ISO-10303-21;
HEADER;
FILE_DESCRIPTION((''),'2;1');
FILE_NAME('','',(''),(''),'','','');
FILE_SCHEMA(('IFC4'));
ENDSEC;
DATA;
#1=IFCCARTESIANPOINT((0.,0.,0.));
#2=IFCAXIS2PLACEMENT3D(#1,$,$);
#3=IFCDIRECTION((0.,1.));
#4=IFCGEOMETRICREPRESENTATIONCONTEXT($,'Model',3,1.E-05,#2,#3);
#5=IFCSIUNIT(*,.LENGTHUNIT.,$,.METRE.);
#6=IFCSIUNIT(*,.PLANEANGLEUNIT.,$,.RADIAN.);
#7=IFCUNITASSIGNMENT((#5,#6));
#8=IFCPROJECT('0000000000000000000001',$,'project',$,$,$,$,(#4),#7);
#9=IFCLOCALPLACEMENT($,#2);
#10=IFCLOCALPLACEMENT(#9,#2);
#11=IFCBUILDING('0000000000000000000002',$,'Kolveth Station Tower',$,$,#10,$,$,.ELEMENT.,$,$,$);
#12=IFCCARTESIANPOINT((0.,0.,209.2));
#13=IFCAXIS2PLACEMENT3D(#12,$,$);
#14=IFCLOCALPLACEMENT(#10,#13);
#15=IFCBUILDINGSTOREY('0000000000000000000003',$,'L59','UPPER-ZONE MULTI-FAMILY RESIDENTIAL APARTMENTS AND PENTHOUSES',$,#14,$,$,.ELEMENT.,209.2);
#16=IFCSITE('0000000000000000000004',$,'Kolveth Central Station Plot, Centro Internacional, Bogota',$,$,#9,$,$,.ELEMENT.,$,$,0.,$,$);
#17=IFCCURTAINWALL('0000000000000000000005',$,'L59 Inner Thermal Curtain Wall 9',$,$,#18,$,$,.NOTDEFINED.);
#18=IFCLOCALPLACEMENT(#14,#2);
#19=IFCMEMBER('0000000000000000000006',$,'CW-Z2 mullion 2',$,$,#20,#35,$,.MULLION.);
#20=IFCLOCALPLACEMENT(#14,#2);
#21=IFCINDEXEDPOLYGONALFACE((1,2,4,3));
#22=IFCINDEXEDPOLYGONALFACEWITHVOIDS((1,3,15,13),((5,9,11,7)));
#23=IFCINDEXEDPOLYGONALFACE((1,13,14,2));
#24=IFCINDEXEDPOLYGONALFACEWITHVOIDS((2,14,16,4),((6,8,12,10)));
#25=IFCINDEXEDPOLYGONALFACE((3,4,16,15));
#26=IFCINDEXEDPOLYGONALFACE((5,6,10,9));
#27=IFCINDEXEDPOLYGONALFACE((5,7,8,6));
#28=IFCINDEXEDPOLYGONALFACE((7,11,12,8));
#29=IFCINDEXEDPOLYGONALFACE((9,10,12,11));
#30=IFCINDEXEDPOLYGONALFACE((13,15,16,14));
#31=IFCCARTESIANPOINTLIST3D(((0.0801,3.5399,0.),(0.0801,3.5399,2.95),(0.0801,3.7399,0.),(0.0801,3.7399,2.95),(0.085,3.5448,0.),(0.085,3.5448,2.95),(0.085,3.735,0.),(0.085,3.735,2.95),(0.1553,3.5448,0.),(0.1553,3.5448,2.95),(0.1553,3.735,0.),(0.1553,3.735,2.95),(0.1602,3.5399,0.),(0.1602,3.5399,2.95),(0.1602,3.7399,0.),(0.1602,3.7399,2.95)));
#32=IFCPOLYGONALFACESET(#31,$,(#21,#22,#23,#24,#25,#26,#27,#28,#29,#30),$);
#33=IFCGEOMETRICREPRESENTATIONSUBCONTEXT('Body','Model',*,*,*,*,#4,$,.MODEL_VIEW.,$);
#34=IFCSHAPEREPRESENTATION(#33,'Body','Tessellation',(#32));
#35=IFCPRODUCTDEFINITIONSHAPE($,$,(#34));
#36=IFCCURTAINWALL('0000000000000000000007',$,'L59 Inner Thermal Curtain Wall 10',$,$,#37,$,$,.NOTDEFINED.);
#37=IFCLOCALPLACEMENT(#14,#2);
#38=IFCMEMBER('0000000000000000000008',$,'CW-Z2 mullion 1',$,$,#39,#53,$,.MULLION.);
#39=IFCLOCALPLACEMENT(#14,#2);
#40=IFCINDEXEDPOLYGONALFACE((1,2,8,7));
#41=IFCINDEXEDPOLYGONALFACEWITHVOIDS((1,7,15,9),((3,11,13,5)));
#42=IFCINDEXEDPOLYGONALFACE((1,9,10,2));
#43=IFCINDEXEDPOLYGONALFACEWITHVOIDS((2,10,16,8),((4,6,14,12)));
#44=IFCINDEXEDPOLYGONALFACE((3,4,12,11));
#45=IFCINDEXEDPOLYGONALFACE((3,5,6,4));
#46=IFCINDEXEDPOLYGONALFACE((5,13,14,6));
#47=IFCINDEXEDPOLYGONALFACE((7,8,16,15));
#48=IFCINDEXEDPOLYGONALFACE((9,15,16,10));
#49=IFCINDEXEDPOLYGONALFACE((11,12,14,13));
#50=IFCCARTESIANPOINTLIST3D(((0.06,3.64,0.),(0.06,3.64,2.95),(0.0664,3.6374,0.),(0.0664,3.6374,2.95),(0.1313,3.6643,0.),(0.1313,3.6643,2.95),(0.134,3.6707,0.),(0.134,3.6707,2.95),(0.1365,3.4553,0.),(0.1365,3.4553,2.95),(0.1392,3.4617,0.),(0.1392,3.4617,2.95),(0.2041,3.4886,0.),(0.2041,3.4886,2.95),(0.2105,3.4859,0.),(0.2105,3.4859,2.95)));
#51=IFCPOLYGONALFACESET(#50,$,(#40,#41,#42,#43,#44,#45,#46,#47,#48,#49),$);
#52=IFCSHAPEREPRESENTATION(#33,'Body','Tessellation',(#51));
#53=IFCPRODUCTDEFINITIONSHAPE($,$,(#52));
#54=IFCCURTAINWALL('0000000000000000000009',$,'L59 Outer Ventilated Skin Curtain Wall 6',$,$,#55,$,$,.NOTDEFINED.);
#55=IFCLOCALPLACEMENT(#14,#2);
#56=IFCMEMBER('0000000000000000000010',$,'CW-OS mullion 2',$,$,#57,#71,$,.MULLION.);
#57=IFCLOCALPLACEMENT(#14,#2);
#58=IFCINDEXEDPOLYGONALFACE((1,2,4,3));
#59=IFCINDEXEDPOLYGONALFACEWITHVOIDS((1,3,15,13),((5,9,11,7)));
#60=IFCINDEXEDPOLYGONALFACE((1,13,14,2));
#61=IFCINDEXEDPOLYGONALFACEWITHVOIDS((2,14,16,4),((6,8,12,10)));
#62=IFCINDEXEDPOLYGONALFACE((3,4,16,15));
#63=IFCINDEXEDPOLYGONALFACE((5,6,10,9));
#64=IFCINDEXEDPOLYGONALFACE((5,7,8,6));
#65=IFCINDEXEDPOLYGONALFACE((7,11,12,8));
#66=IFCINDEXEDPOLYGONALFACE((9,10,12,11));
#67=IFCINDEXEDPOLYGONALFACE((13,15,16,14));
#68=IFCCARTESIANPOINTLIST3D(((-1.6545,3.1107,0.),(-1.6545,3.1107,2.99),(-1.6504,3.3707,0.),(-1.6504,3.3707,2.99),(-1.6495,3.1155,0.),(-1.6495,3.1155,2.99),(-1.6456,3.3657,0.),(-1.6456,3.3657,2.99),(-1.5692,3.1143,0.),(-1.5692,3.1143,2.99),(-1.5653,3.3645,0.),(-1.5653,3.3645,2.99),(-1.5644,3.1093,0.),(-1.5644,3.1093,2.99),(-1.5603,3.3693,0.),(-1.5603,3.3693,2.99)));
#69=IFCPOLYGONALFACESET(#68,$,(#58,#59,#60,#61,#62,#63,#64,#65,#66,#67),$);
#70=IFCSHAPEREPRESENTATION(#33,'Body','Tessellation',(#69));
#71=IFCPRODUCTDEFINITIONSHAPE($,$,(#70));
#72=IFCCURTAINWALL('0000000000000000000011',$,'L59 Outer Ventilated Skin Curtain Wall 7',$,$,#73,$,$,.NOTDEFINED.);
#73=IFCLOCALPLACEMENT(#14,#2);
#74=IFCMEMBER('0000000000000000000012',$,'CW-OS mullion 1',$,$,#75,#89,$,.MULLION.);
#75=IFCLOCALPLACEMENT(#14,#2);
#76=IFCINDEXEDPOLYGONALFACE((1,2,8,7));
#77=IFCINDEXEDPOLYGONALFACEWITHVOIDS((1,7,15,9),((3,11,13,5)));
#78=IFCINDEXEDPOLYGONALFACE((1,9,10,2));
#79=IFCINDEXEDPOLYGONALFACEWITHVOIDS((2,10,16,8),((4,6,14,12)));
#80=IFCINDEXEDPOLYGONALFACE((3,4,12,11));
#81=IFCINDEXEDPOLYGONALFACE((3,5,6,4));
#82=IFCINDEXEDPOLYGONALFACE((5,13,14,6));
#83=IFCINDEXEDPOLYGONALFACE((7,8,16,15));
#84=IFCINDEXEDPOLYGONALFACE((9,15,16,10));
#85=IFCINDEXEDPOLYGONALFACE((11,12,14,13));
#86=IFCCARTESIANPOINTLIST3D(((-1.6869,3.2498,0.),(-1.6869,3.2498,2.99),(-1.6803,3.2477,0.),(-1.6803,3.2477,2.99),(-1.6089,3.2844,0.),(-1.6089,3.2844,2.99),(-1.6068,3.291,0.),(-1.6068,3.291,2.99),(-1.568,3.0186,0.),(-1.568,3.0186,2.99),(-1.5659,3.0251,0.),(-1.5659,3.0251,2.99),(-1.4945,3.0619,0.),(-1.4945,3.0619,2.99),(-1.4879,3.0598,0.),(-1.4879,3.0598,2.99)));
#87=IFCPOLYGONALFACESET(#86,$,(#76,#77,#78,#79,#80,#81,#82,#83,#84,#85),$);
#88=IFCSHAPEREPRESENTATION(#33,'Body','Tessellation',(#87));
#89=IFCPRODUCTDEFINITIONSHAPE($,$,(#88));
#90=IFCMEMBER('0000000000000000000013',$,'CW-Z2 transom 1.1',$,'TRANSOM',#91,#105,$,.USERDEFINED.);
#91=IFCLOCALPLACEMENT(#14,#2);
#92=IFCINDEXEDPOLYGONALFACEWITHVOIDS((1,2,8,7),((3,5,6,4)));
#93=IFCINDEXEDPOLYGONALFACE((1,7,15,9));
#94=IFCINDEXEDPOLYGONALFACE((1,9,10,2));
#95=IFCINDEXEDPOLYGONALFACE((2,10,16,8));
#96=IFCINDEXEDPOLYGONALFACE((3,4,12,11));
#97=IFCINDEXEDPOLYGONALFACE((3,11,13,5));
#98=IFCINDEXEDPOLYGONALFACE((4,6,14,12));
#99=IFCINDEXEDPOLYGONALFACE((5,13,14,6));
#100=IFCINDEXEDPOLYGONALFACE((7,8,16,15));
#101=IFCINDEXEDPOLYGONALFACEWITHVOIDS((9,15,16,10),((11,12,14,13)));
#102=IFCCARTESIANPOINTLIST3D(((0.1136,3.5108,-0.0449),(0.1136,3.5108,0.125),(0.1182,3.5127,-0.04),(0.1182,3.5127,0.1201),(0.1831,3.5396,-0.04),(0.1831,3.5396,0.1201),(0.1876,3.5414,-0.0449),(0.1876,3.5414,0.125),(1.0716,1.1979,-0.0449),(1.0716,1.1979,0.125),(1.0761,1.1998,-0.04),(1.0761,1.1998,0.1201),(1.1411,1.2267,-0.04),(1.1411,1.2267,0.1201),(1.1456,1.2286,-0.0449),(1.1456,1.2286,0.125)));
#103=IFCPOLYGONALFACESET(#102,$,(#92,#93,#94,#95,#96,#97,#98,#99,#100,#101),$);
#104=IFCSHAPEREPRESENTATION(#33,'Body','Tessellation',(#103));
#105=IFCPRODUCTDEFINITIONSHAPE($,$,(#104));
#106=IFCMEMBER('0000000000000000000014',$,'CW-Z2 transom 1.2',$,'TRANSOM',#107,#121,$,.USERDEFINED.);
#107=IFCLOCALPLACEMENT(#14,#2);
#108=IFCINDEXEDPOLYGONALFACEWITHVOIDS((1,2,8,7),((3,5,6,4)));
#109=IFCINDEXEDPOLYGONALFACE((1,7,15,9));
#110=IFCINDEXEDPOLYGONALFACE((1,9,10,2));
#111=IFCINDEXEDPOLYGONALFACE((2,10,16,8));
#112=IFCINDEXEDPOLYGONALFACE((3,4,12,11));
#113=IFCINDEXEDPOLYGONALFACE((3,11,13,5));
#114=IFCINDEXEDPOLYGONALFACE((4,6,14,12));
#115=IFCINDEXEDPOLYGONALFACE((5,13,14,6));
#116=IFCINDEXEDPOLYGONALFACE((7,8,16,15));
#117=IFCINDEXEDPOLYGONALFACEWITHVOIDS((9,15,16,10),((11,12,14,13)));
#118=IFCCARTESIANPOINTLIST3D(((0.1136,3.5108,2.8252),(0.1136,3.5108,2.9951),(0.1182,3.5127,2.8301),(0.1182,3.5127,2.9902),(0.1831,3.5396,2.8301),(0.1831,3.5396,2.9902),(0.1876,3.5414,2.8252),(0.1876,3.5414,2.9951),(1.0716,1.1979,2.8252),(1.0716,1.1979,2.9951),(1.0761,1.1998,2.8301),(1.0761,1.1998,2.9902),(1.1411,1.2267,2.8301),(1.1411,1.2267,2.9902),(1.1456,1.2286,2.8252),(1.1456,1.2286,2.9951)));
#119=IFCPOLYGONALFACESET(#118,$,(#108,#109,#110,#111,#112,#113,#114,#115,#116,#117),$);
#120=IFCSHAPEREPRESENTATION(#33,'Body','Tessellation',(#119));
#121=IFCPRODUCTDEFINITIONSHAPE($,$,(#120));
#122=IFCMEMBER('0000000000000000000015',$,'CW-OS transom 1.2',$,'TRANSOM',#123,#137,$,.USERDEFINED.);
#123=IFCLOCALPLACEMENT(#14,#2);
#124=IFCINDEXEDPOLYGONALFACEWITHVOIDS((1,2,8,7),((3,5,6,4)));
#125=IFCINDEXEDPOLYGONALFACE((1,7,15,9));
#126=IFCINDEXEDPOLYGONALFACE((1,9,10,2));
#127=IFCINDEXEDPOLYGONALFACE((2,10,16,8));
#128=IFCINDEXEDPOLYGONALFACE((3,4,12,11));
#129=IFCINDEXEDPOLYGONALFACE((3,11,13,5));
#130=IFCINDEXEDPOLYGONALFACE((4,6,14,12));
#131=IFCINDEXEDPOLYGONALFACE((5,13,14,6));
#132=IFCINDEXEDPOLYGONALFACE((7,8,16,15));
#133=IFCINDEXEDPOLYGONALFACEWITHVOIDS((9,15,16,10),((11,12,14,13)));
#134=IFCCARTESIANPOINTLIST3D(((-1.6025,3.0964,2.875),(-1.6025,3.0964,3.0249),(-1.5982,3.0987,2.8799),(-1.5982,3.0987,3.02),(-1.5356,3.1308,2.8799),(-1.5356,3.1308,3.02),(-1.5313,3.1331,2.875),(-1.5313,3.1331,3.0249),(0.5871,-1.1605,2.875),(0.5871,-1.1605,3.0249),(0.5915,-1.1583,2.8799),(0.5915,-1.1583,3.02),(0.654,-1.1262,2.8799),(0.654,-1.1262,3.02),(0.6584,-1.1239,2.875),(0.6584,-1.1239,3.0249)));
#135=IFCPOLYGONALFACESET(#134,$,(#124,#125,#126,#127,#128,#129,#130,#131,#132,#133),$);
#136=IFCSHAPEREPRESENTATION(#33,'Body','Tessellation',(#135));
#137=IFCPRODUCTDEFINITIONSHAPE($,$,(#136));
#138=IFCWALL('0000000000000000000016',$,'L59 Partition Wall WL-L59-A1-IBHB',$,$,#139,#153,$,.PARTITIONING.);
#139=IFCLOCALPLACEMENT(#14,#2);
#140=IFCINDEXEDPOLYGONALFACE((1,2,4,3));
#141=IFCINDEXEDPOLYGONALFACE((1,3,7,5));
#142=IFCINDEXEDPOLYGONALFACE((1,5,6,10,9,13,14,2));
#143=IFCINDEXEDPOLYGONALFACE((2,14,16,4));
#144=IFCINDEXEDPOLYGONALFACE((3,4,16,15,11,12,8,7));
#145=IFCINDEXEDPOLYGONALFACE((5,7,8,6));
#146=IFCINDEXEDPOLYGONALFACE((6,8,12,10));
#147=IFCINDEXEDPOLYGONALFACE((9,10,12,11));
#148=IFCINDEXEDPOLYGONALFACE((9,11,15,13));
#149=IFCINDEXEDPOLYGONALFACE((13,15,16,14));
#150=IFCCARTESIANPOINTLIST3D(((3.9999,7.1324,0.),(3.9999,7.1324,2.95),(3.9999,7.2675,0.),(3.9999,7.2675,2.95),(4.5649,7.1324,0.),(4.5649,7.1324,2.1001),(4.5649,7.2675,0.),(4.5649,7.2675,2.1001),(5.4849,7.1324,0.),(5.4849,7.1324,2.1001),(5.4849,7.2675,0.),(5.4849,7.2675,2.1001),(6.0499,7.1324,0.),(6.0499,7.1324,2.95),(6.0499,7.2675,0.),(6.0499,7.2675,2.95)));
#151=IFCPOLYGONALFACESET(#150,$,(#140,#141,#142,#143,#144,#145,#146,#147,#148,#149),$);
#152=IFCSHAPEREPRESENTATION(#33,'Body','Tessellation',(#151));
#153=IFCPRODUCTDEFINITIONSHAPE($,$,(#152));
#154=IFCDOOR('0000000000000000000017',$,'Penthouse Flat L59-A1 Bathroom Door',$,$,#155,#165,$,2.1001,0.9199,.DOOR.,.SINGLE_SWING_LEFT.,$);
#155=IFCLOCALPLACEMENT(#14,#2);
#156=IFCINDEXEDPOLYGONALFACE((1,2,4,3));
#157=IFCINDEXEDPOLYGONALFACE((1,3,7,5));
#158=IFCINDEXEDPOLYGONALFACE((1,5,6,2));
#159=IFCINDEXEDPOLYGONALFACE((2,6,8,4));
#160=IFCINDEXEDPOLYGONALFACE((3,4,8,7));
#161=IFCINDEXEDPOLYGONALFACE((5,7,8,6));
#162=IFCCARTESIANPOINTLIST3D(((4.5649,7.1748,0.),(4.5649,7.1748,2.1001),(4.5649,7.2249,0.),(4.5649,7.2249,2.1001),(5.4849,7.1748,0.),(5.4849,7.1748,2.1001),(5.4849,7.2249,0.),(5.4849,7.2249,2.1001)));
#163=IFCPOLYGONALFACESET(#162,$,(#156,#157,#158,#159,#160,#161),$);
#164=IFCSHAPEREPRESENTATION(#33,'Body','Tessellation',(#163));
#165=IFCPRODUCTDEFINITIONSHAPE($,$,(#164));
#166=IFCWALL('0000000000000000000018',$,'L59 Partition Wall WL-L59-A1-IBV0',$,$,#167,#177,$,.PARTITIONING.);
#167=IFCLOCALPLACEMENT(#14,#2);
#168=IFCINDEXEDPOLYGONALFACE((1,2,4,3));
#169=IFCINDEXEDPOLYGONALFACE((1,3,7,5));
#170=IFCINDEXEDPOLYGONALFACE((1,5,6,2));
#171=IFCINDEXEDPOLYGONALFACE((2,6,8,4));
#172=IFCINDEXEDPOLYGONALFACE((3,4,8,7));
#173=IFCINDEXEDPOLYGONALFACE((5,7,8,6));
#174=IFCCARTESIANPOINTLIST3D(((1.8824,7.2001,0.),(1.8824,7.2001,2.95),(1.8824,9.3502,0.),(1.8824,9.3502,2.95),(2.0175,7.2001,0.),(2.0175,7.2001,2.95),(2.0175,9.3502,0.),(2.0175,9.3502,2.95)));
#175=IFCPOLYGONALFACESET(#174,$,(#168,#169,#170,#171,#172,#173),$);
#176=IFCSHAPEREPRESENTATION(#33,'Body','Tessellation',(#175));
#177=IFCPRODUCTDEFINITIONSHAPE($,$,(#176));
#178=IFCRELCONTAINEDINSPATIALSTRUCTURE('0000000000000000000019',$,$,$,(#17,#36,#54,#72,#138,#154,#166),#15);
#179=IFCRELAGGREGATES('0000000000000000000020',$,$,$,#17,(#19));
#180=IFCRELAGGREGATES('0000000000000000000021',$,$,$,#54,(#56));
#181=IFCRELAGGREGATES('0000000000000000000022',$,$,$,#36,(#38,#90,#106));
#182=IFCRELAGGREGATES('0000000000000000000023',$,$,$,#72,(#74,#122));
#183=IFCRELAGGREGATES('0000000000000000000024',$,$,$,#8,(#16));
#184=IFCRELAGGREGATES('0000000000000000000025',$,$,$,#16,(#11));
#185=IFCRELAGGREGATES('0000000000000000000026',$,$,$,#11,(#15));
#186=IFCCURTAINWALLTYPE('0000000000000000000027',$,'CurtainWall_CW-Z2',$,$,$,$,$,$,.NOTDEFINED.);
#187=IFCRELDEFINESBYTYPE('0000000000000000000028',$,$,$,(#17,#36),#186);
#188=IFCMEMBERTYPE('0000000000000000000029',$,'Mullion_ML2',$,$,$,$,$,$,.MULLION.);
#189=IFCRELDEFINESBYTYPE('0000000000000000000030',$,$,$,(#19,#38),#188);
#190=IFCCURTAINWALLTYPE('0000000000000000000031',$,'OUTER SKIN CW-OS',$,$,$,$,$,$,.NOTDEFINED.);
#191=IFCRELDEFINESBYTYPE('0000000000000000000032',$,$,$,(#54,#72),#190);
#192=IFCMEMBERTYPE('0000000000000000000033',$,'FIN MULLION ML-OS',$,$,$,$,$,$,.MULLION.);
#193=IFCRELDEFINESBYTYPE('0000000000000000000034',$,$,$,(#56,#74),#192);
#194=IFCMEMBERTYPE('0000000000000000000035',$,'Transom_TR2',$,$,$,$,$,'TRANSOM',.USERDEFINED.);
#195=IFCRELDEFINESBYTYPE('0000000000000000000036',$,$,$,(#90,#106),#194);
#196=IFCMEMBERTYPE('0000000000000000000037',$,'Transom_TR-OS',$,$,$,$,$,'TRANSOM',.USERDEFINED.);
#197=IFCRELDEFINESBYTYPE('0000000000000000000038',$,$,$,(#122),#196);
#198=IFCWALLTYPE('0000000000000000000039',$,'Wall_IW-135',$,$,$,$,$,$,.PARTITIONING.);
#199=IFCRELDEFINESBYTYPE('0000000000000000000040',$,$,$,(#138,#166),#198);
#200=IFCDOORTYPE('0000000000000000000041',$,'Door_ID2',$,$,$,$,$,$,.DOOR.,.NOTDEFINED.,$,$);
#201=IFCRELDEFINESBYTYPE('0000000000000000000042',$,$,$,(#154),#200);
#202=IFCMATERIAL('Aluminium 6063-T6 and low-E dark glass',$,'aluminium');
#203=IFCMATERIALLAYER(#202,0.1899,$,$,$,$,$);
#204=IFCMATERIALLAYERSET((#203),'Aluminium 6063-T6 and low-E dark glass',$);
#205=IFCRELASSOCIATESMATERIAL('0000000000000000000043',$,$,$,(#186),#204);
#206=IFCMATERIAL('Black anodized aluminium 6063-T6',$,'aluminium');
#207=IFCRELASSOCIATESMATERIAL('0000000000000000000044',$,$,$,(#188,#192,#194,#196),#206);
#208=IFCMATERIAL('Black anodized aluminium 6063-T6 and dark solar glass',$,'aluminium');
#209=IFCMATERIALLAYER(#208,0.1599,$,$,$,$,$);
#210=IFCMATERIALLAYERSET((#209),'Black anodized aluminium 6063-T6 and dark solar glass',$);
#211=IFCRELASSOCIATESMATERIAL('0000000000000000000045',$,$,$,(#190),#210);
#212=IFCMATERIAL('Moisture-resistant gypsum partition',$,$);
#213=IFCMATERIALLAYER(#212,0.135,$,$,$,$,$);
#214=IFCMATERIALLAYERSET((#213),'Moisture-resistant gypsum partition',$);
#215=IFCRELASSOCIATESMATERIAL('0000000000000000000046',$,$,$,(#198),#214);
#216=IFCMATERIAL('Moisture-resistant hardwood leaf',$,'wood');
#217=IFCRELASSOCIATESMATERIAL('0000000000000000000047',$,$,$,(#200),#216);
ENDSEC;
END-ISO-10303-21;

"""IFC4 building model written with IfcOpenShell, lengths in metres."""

from ifc_helpers import new_model, si_unit, direction, frame, frame_2d, origin, origin_2d, place, context, subcontext, project, spatial, rectangle, hollow_rectangle, extrude, source, transform, mapped, material, layer, layer_set, material_profile, profile_set, type_object, element, fill, aggregate, save


model = new_model("IFC4")

# Units and contexts
model_context = context("Model", 3, precision=1e-05, world=origin(), true_north=direction((0.0, 1.0)))
body_context = subcontext(model_context, "Body", "Model", "MODEL_VIEW")
ifc_project = project(units=[si_unit("LENGTHUNIT", "METRE"), si_unit("PLANEANGLEUNIT", "RADIAN")], contexts=[model_context])

# Site, building, storey
site_placement = place(None, origin())
site = spatial("IfcSite", under=ifc_project, at=site_placement, Name="Kolveth Central Station Plot, Centro Internacional, Bogota", CompositionType="ELEMENT", RefElevation=0.0)
building_placement = place(site_placement, origin())
building = spatial("IfcBuilding", under=site, at=building_placement, Name="Kolveth Station Tower", CompositionType="ELEMENT")
storey_placement = place(building_placement, frame((0.0, 0.0, 209.2)))
storey = spatial("IfcBuildingStorey", under=building, at=storey_placement, Name="L59", Description="UPPER-ZONE MULTI-FAMILY RESIDENTIAL APARTMENTS AND PENTHOUSES", CompositionType="ELEMENT", Elevation=209.2)

# Curtain walls, members
ifc_material_1 = material(Name="Aluminium 6063-T6 and low-E dark glass", Category="aluminium")
ifc_layer_1 = layer(ifc_material_1, 0.1899)
ifc_layer_set_1 = layer_set([ifc_layer_1], Name="Aluminium 6063-T6 and low-E dark glass")
curtain_wall_type_1 = type_object("IfcCurtainWallType", Name="CurtainWall_CW-Z2", PredefinedType="NOTDEFINED", material=ifc_layer_set_1)
curtain_wall_1_placement = place(storey_placement, origin())
curtain_wall_1 = element("IfcCurtainWall", 1, at=curtain_wall_1_placement, inside=storey, type_object=curtain_wall_type_1, Name="L59 Inner Thermal Curtain Wall 9", PredefinedType="NOTDEFINED")
ifc_material_2 = material(Name="Black anodized aluminium 6063-T6", Category="aluminium")
ifc_material_profile_1 = material_profile(ifc_material_2, hollow_rectangle(XDim=0.0801, YDim=0.2, WallThickness=0.0049, at=origin_2d()), Name="ALU-80x200x5")
ifc_profile_set_1 = profile_set([ifc_material_profile_1], Name="Black anodized aluminium 6063-T6")
member_type_1 = type_object("IfcMemberType", Name="Mullion_ML2", PredefinedType="MULLION", material=ifc_profile_set_1)
shared_shape_1 = source(origin(), body_context, "Body", "SweptSolid", [
    extrude(hollow_rectangle(XDim=0.0801, YDim=0.2, WallThickness=0.0049, at=origin_2d()), origin(), (0.0, 0.0, 1.0), 2.95),
])
member_1_placement = place(storey_placement, frame((0.1201, 3.6399, 0.0), z_axis=(0.0, 0.0, 1.0), x_axis=(1.0, 0.0, 0.0)))
member_1 = element("IfcMember", 2, at=member_1_placement, type_object=member_type_1, Name="CW-Z2 mullion 2", PredefinedType="MULLION", context=body_context, shape_type="MappedRepresentation", body=[
    mapped(shared_shape_1, transform((0.0, 0.0, 0.0), x_axis=(1.0, 0.0, 0.0), y_axis=(0.0, 1.0, 0.0), z_axis=(0.0, 0.0, 1.0), scale=1.0)),
])
aggregate(curtain_wall_1, [member_1])
curtain_wall_2_placement = place(storey_placement, origin())
curtain_wall_2 = element("IfcCurtainWall", 3, at=curtain_wall_2_placement, inside=storey, type_object=curtain_wall_type_1, Name="L59 Inner Thermal Curtain Wall 10", PredefinedType="NOTDEFINED")
member_2_placement = place(storey_placement, frame((0.1353, 3.563, 0.0), z_axis=(0.0, 0.0, 1.0), x_axis=(0.923874, 0.382698, 0.0)))
member_2 = element("IfcMember", 4, at=member_2_placement, type_object=member_type_1, Name="CW-Z2 mullion 1", PredefinedType="MULLION", context=body_context, shape_type="MappedRepresentation", body=[
    mapped(shared_shape_1, transform((0.0, 0.0, 0.0), x_axis=(1.0, 0.0, 0.0), y_axis=(0.0, 1.0, 0.0), z_axis=(0.0, 0.0, 1.0), scale=1.0)),
])
ifc_material_3 = material(Name="Black anodized aluminium 6063-T6 and dark solar glass", Category="aluminium")
ifc_layer_2 = layer(ifc_material_3, 0.1599)
ifc_layer_set_2 = layer_set([ifc_layer_2], Name="Black anodized aluminium 6063-T6 and dark solar glass")
curtain_wall_type_2 = type_object("IfcCurtainWallType", Name="OUTER SKIN CW-OS", PredefinedType="NOTDEFINED", material=ifc_layer_set_2)
curtain_wall_3_placement = place(storey_placement, origin())
curtain_wall_3 = element("IfcCurtainWall", 5, at=curtain_wall_3_placement, inside=storey, type_object=curtain_wall_type_2, Name="L59 Outer Ventilated Skin Curtain Wall 6", PredefinedType="NOTDEFINED")
ifc_material_profile_2 = material_profile(ifc_material_2, hollow_rectangle(XDim=0.0901, YDim=0.26, WallThickness=0.0049, at=origin_2d()), Name="ALU-90x260x5")
ifc_profile_set_2 = profile_set([ifc_material_profile_2], Name="Black anodized aluminium 6063-T6")
member_type_2 = type_object("IfcMemberType", Name="FIN MULLION ML-OS", PredefinedType="MULLION", material=ifc_profile_set_2)
shared_shape_2 = source(origin(), body_context, "Body", "SweptSolid", [
    extrude(hollow_rectangle(XDim=0.0901, YDim=0.26, WallThickness=0.0049, at=origin_2d()), origin(), (0.0, 0.0, 1.0), 2.99),
])
member_3_placement = place(storey_placement, frame((-1.6074, 3.24, 0.0), z_axis=(0.0, 0.0, 1.0), x_axis=(0.999876, -0.015719, 0.0)))
member_3 = element("IfcMember", 6, at=member_3_placement, type_object=member_type_2, Name="CW-OS mullion 2", PredefinedType="MULLION", context=body_context, shape_type="MappedRepresentation", body=[
    mapped(shared_shape_2, transform((0.0, 0.0, 0.0), x_axis=(1.0, 0.0, 0.0), y_axis=(0.0, 1.0, 0.0), z_axis=(0.0, 0.0, 1.0), scale=1.0)),
])
aggregate(curtain_wall_3, [member_3])
curtain_wall_4_placement = place(storey_placement, origin())
curtain_wall_4 = element("IfcCurtainWall", 7, at=curtain_wall_4_placement, inside=storey, type_object=curtain_wall_type_2, Name="L59 Outer Ventilated Skin Curtain Wall 7", PredefinedType="NOTDEFINED")
member_4_placement = place(storey_placement, frame((-1.5874, 3.1548, 0.0), z_axis=(0.0, 0.0, 1.0), x_axis=(0.889255, 0.457411, 0.0)))
member_4 = element("IfcMember", 8, at=member_4_placement, type_object=member_type_2, Name="CW-OS mullion 1", PredefinedType="MULLION", context=body_context, shape_type="MappedRepresentation", body=[
    mapped(shared_shape_2, transform((0.0, 0.0, 0.0), x_axis=(1.0, 0.0, 0.0), y_axis=(0.0, 1.0, 0.0), z_axis=(0.0, 0.0, 1.0), scale=1.0)),
])

# Members
ifc_material_profile_3 = material_profile(ifc_material_2, hollow_rectangle(XDim=0.0801, YDim=0.1699, WallThickness=0.0049, at=origin_2d()), Name="ALU-80x170x5")
ifc_profile_set_3 = profile_set([ifc_material_profile_3], Name="Black anodized aluminium 6063-T6")
member_type_3 = type_object("IfcMemberType", Name="Transom_TR2", ElementType="TRANSOM", PredefinedType="USERDEFINED", material=ifc_profile_set_3)
shared_shape_3 = source(origin(), body_context, "Body", "SweptSolid", [
    extrude(hollow_rectangle(XDim=0.0801, YDim=0.1699, WallThickness=0.0049, at=origin_2d()), origin(), (0.0, 0.0, 1.0), 2.5034),
])
member_5_placement = place(storey_placement, frame((0.1506, 3.5261, 0.04), z_axis=(0.382662, -0.923888, 0.0), x_axis=(0.923888, 0.382662, 0.0)))
member_5 = element("IfcMember", 9, at=member_5_placement, type_object=member_type_3, Name="CW-Z2 transom 1.1", ObjectType="TRANSOM", PredefinedType="USERDEFINED", context=body_context, shape_type="MappedRepresentation", body=[
    mapped(shared_shape_3, transform((0.0, 0.0, 0.0), x_axis=(1.0, 0.0, 0.0), y_axis=(0.0, 1.0, 0.0), z_axis=(0.0, 0.0, 1.0), scale=1.0)),
])
member_6_placement = place(storey_placement, frame((0.1506, 3.5261, 2.9102), z_axis=(0.382662, -0.923888, 0.0), x_axis=(0.923888, 0.382662, 0.0)))
member_6 = element("IfcMember", 10, at=member_6_placement, type_object=member_type_3, Name="CW-Z2 transom 1.2", ObjectType="TRANSOM", PredefinedType="USERDEFINED", context=body_context, shape_type="MappedRepresentation", body=[
    mapped(shared_shape_3, transform((0.0, 0.0, 0.0), x_axis=(1.0, 0.0, 0.0), y_axis=(0.0, 1.0, 0.0), z_axis=(0.0, 0.0, 1.0), scale=1.0)),
])
aggregate(curtain_wall_2, [member_2, member_5, member_6])
ifc_material_profile_4 = material_profile(ifc_material_2, hollow_rectangle(XDim=0.0801, YDim=0.1499, WallThickness=0.0049, at=origin_2d()), Name="ALU-80x150x5")
ifc_profile_set_4 = profile_set([ifc_material_profile_4], Name="Black anodized aluminium 6063-T6")
member_type_4 = type_object("IfcMemberType", Name="Transom_TR-OS", ElementType="TRANSOM", PredefinedType="USERDEFINED", material=ifc_profile_set_4)
shared_shape_4 = source(origin(), body_context, "Body", "SweptSolid", [
    extrude(hollow_rectangle(XDim=0.0801, YDim=0.1499, WallThickness=0.0049, at=origin_2d()), origin(), (0.0, 0.0, 1.0), 4.7871),
])
member_7_placement = place(storey_placement, frame((-1.5669, 3.1147, 2.95), z_axis=(0.457404, -0.889259, 0.0), x_axis=(0.889259, 0.457404, 0.0)))
member_7 = element("IfcMember", 11, at=member_7_placement, type_object=member_type_4, Name="CW-OS transom 1.2", ObjectType="TRANSOM", PredefinedType="USERDEFINED", context=body_context, shape_type="MappedRepresentation", body=[
    mapped(shared_shape_4, transform((0.0, 0.0, 0.0), x_axis=(1.0, 0.0, 0.0), y_axis=(0.0, 1.0, 0.0), z_axis=(0.0, 0.0, 1.0), scale=1.0)),
])
aggregate(curtain_wall_4, [member_4, member_7])

# Wall, opening, door
ifc_material_4 = material(Name="Moisture-resistant gypsum partition")
ifc_layer_3 = layer(ifc_material_4, 0.135)
ifc_layer_set_3 = layer_set([ifc_layer_3], Name="Moisture-resistant gypsum partition")
wall_type_1 = type_object("IfcWallType", Name="Wall_IW-135", PredefinedType="PARTITIONING", material=ifc_layer_set_3)
wall_1_placement = place(storey_placement, frame((4.0, 7.2, 0.0), z_axis=(0.0, 0.0, 1.0), x_axis=(1.0, 0.0, 0.0)))
wall_1 = element("IfcWall", 12, at=wall_1_placement, inside=storey, type_object=wall_type_1, Name="L59 Partition Wall WL-L59-A1-IBHB", PredefinedType="PARTITIONING", context=body_context, shape_type="SweptSolid", body=[
    extrude(rectangle(XDim=2.05, YDim=0.135, at=frame_2d((1.0249, 0.0))), origin(), (0.0, 0.0, 1.0), 2.95),
])
opening_1_placement = place(wall_1_placement, frame((0.5649, 0.0, 0.0)))
opening_1 = element("IfcOpeningElement", 13, at=opening_1_placement, cuts=wall_1, PredefinedType="OPENING", context=body_context, shape_type="SweptSolid", body=[
    extrude(rectangle(XDim=0.9199, YDim=2.1001, at=frame_2d((0.46, 1.05))), frame((0.0, 0.0774, 0.0), z_axis=(0.0, -1.0, 0.0), x_axis=(1.0, 0.0, 0.0)), (0.0, 0.0, 1.0), 0.155),
])
ifc_material_5 = material(Name="Moisture-resistant hardwood leaf", Category="wood")
door_type_1 = type_object("IfcDoorType", Name="Door_ID2", OperationType="NOTDEFINED", PredefinedType="DOOR", material=ifc_material_5)
door_1_placement = place(opening_1_placement, origin())
door_1 = element("IfcDoor", 14, at=door_1_placement, inside=storey, type_object=door_type_1, Name="Penthouse Flat L59-A1 Bathroom Door", OperationType="SINGLE_SWING_LEFT", OverallHeight=2.1001, OverallWidth=0.9199, PredefinedType="DOOR", context=body_context, shape_type="SweptSolid", body=[
    extrude(rectangle(XDim=0.9199, YDim=2.1001, at=frame_2d((0.46, 1.05))), frame((0.0, 0.0249, 0.0), z_axis=(0.0, -1.0, 0.0), x_axis=(1.0, 0.0, 0.0)), (0.0, 0.0, 1.0), 0.05),
])
fill(opening_1, door_1)

# Wall
for number, where, z_axis, x_axis, name in (
    (15, (1.95, 7.2, 0.0), (0.0, 0.0, 1.0), (0.0, 1.0, 0.0), "L59 Partition Wall WL-L59-A1-IBV0"),
):
    element("IfcWall", number, at=place(storey_placement, frame(where, z_axis=z_axis, x_axis=x_axis)), inside=storey, type_object=wall_type_1, Name=name, PredefinedType="PARTITIONING", context=body_context, shape_type="SweptSolid", body=[
        extrude(rectangle(XDim=2.1501, YDim=0.135, at=frame_2d((1.0752, 0.0))), origin(), (0.0, 0.0, 1.0), 2.95),
    ])

save(model, "model.ifc")
